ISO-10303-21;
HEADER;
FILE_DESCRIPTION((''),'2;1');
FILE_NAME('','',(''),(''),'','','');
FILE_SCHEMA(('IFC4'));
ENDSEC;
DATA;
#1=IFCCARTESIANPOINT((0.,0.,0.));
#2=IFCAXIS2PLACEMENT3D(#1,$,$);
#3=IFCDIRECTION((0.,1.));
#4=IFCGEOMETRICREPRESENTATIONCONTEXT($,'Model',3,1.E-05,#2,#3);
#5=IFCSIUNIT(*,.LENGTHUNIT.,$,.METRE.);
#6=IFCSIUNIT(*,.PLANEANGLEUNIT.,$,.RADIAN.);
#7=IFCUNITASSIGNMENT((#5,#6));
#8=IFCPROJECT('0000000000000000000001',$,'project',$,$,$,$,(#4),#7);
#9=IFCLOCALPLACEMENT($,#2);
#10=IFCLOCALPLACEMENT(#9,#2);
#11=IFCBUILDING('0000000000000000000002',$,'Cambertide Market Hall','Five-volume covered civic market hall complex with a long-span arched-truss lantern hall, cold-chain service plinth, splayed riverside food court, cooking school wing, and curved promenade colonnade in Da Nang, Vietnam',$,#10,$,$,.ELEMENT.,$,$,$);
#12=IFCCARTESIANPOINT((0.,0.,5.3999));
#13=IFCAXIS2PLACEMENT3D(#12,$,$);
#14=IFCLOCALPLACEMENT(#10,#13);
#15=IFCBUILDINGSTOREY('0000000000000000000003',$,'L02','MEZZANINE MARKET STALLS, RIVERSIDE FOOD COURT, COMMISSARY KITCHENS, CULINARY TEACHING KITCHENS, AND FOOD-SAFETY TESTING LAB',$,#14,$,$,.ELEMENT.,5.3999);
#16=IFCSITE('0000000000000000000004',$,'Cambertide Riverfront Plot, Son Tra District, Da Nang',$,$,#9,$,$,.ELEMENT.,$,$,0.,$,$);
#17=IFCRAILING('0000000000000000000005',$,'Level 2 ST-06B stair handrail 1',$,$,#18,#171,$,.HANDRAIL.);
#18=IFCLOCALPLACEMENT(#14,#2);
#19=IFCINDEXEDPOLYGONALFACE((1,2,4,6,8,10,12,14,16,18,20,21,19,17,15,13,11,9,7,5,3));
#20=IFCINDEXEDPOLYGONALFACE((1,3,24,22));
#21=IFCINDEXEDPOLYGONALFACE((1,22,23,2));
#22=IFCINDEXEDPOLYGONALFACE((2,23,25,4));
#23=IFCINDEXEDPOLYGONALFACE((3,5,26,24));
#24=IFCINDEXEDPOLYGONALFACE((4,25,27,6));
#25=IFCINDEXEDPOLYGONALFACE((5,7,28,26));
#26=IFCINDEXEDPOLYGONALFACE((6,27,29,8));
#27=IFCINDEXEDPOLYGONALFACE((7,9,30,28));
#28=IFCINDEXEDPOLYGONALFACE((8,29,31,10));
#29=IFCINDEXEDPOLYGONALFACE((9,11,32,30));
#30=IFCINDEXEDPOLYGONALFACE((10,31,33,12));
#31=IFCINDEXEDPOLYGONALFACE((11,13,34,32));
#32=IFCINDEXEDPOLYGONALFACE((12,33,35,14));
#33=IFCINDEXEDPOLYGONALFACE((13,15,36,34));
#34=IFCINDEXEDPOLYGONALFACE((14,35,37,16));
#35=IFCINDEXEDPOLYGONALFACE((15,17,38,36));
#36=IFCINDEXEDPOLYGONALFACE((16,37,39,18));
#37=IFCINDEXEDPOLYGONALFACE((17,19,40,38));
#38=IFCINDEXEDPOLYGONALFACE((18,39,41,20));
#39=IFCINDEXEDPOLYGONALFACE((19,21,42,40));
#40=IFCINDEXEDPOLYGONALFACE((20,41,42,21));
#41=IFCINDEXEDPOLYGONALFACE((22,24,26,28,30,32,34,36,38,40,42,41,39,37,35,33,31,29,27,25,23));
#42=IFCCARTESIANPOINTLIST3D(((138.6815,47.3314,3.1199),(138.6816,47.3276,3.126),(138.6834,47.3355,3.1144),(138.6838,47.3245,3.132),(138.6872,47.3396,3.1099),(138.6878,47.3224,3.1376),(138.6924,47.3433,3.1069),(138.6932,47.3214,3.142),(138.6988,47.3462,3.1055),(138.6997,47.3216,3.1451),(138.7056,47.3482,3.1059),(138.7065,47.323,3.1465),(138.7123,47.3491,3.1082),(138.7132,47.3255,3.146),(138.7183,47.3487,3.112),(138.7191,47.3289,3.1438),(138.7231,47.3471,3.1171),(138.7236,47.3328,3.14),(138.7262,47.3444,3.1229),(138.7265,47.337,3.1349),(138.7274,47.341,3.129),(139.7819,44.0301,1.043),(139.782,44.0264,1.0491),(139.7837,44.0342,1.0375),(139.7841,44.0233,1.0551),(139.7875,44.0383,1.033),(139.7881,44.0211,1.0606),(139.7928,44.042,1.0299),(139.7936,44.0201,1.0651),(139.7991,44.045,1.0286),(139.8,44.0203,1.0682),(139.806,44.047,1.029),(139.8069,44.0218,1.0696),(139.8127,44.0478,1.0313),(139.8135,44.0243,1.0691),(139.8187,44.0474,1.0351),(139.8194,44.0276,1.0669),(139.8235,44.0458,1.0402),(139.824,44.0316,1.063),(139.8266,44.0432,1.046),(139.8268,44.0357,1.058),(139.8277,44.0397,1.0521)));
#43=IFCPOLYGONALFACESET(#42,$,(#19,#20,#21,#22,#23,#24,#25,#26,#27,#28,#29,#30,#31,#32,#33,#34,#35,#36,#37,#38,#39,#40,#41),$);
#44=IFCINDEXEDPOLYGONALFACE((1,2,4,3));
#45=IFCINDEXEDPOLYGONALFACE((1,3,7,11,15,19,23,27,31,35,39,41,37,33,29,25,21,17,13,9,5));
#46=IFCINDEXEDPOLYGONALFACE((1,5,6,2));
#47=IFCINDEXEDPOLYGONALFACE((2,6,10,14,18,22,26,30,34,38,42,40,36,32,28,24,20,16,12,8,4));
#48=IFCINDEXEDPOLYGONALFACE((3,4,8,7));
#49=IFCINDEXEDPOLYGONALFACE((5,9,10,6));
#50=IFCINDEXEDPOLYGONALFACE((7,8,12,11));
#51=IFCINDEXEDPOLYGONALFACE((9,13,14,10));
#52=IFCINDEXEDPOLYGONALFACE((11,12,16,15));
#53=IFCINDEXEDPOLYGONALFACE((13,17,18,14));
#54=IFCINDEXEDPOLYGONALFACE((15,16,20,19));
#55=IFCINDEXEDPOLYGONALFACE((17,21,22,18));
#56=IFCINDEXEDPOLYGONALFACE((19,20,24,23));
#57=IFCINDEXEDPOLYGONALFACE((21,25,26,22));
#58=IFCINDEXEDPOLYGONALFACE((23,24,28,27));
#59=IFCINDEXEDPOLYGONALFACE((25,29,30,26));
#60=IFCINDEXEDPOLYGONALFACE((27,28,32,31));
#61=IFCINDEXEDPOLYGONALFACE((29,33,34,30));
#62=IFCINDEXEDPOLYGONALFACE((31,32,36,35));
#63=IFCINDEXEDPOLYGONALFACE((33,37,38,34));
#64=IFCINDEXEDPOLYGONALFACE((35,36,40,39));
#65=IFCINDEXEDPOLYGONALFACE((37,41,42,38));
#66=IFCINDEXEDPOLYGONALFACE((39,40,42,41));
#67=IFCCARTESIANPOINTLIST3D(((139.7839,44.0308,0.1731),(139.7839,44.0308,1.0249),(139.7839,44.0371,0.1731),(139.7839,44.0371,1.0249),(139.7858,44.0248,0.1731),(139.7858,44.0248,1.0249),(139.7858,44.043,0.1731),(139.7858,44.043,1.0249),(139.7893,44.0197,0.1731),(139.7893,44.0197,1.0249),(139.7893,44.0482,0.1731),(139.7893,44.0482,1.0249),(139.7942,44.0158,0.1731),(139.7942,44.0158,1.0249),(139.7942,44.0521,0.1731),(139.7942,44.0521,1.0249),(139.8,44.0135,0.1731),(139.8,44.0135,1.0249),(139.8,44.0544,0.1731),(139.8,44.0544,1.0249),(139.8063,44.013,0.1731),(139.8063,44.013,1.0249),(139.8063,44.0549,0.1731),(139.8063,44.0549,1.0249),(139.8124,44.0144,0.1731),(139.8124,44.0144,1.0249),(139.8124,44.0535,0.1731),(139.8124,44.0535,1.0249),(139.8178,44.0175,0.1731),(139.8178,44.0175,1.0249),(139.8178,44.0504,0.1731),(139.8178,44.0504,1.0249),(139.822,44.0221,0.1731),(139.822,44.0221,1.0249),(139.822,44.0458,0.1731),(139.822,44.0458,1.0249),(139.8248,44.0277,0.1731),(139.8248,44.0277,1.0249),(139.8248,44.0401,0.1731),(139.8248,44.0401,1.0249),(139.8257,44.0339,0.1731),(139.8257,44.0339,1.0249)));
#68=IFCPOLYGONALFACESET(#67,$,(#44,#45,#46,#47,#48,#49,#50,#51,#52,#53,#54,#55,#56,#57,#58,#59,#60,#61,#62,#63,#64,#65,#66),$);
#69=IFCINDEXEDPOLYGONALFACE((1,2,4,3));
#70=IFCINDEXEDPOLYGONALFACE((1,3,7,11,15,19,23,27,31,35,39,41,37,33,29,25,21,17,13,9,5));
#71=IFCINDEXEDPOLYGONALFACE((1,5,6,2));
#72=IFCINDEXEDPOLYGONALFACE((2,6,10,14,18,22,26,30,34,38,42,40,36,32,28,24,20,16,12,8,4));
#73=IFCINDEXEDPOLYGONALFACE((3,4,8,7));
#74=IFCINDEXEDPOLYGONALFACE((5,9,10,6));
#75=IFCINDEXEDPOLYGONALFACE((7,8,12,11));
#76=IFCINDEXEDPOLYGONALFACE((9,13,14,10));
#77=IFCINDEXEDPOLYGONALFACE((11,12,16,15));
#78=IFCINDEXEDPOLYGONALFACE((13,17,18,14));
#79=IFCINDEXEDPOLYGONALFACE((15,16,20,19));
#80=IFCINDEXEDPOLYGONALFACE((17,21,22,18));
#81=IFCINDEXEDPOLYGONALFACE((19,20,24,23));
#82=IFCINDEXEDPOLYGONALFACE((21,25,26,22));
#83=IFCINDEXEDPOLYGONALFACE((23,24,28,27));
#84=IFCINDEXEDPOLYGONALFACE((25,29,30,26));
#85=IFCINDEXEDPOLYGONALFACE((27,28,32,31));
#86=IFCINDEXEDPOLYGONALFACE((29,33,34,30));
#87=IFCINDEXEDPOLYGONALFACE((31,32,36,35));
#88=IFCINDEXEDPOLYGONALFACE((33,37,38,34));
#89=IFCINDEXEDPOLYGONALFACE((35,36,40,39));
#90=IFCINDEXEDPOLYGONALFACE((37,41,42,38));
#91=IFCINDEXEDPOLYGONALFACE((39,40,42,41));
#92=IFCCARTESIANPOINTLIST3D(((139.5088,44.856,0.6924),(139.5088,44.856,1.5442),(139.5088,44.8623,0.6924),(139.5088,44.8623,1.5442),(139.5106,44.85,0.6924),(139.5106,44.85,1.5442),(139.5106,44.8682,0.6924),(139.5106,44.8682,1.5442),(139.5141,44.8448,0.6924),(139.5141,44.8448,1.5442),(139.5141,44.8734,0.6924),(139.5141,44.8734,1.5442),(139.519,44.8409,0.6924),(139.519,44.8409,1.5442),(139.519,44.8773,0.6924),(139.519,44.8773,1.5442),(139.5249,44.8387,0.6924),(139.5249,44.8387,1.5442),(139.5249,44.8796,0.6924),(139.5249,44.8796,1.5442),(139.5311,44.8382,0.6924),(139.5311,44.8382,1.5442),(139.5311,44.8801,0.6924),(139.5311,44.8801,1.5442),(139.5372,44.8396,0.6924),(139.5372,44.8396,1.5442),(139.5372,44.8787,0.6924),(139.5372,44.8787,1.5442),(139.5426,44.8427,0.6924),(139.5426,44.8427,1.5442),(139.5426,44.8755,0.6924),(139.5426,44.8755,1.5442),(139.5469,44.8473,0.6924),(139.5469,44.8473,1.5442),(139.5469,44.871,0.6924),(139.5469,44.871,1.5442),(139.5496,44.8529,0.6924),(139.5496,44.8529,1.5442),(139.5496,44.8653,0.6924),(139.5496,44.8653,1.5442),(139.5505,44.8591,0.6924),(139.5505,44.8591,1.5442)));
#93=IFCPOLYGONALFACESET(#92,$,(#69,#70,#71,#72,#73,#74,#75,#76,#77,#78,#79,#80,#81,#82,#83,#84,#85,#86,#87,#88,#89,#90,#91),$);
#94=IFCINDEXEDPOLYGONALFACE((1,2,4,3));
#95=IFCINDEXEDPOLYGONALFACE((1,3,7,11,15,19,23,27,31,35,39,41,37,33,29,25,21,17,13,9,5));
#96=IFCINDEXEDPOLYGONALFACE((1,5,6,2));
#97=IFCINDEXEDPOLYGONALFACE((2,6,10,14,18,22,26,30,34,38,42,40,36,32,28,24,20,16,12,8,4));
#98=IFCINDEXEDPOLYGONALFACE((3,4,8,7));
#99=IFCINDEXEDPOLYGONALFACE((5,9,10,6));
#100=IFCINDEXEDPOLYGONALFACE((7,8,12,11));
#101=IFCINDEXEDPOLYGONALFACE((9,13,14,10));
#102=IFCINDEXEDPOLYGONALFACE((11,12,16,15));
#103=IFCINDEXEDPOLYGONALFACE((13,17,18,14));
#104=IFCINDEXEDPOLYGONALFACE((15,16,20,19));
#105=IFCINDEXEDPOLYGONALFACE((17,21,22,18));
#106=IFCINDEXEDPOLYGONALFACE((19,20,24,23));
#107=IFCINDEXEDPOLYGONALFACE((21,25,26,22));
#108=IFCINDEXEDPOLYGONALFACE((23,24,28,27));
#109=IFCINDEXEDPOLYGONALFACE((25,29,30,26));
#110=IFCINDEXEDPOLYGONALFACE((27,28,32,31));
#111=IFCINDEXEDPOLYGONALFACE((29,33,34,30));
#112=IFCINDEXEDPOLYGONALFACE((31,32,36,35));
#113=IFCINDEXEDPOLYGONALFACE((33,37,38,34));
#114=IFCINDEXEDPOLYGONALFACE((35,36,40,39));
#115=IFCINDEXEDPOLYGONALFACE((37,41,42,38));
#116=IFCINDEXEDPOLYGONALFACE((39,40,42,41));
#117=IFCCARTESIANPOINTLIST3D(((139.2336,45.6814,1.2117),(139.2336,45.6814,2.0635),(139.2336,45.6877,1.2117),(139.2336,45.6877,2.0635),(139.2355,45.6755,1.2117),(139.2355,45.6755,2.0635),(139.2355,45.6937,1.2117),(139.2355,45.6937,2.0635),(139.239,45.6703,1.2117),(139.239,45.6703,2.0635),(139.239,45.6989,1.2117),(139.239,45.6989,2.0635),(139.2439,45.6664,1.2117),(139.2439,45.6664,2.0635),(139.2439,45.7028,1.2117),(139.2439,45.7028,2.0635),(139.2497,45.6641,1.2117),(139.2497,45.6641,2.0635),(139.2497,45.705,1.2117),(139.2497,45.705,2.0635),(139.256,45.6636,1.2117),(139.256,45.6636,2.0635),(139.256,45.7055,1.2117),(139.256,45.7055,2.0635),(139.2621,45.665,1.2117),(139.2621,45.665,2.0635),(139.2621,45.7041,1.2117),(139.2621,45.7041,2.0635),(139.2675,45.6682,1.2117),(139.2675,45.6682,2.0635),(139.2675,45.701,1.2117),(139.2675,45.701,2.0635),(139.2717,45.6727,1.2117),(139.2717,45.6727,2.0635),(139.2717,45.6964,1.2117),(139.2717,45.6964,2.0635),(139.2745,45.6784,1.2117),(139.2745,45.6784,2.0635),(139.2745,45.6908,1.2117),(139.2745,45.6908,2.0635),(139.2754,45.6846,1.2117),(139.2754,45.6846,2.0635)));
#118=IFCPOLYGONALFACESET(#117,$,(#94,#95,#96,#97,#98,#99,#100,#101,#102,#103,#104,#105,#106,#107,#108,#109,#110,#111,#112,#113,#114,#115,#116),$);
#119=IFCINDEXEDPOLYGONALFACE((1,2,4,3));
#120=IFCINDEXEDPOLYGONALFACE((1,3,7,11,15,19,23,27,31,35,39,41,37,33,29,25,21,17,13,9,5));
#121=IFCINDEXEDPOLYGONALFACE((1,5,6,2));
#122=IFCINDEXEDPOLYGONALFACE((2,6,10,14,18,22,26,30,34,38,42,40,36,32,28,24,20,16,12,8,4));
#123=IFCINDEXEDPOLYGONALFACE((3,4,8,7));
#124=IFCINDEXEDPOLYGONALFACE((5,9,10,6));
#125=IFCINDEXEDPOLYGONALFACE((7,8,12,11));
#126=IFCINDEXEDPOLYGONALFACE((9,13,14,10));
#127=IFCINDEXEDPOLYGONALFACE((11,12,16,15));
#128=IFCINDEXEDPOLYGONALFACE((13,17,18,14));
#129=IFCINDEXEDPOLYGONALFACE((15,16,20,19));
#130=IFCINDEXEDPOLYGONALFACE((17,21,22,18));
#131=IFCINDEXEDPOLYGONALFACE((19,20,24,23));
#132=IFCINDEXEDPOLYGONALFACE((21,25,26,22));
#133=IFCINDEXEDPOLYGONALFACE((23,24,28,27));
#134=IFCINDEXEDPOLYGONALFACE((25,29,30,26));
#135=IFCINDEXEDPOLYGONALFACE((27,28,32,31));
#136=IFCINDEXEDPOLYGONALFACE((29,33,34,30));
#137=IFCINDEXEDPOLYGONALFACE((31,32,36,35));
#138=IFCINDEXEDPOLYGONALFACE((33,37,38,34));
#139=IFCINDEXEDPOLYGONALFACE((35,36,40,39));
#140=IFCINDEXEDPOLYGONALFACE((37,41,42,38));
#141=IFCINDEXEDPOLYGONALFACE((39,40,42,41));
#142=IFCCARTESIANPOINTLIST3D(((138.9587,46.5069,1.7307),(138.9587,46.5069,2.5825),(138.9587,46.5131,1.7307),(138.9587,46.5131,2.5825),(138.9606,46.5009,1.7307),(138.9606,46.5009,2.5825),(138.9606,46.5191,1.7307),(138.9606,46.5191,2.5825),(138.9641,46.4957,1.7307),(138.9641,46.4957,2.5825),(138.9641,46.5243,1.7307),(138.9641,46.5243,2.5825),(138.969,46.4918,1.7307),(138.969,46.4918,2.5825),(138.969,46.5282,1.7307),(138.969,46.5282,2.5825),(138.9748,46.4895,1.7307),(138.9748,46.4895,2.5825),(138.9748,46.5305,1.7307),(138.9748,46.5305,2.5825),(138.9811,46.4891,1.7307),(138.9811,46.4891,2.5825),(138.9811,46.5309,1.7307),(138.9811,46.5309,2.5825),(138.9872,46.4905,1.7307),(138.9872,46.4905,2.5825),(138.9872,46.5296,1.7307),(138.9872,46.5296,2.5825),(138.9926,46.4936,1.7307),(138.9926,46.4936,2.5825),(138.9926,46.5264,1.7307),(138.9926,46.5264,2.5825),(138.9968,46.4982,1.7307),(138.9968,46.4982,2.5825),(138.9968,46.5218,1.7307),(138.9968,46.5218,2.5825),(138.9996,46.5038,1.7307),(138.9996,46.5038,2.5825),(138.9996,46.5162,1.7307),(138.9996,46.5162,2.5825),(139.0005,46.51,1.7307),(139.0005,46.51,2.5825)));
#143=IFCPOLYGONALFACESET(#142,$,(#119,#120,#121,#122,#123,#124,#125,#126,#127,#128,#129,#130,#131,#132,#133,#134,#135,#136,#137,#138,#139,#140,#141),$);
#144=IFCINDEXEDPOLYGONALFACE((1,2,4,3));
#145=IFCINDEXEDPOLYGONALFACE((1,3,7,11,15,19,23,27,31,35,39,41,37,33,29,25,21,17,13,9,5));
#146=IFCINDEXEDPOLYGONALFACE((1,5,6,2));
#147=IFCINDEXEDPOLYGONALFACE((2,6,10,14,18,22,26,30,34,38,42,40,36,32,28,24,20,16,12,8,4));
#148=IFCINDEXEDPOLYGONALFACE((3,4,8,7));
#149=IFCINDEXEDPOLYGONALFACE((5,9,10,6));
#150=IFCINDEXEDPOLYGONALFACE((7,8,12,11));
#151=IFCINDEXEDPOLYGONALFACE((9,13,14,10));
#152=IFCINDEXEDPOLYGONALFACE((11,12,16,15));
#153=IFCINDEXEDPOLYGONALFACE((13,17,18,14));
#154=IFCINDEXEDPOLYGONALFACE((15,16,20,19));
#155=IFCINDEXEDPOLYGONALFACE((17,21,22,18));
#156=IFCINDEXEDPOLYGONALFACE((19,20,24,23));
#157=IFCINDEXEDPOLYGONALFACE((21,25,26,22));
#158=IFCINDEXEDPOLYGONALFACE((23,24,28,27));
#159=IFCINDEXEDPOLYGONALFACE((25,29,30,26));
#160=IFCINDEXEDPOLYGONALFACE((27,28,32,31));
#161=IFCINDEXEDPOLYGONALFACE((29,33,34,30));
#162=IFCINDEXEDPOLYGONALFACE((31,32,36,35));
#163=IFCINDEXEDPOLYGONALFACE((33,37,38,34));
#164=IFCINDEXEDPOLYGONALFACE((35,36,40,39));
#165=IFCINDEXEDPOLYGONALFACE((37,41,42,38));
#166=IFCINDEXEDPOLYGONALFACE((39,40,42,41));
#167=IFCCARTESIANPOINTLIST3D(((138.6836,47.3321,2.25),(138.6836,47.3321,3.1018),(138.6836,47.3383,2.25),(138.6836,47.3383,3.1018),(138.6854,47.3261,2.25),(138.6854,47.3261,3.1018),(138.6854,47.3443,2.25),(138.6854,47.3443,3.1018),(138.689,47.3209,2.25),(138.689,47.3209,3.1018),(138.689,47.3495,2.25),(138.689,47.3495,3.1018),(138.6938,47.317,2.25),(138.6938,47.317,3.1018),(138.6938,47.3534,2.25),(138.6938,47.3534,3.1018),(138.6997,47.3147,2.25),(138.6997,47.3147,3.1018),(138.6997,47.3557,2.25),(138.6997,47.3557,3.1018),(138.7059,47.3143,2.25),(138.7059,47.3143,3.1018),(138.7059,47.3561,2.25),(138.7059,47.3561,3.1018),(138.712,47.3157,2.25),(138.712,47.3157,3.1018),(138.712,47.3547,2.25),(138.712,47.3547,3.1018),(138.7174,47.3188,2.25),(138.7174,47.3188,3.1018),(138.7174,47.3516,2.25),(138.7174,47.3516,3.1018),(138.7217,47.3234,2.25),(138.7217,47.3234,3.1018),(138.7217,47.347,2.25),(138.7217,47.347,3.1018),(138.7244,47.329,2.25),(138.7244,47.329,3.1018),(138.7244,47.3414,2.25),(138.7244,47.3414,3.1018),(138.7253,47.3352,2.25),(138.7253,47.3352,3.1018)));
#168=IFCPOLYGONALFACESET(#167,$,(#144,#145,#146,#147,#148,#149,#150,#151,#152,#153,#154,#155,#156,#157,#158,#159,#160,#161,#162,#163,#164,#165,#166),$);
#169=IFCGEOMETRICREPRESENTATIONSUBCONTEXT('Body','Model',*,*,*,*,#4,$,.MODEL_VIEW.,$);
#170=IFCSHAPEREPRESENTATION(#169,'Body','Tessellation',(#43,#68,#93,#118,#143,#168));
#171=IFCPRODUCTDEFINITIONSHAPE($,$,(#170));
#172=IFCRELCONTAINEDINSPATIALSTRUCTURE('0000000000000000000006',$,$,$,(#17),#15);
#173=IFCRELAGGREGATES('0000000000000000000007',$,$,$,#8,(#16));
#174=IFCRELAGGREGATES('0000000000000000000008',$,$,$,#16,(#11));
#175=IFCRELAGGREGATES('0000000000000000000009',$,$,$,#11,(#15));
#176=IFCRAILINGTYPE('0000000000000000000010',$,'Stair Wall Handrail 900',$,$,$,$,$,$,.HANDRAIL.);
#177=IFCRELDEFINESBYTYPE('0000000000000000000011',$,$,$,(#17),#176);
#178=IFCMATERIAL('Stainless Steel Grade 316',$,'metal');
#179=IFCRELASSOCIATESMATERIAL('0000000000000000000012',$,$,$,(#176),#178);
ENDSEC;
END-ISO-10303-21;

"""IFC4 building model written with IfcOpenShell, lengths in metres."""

from ifc_helpers import new_model, si_unit, direction, frame, origin, origin_2d, place, context, subcontext, project, spatial, circle, extrude, material, type_object, element, save


model = new_model("IFC4")

# Units and contexts
model_context = context("Model", 3, precision=1e-05, world=origin(), true_north=direction((0.0, 1.0)))
body_context = subcontext(model_context, "Body", "Model", "MODEL_VIEW")
ifc_project = project(units=[si_unit("LENGTHUNIT", "METRE"), si_unit("PLANEANGLEUNIT", "RADIAN")], contexts=[model_context])

# Site, building, storey
site_placement = place(None, origin())
site = spatial("IfcSite", under=ifc_project, at=site_placement, Name="Cambertide Riverfront Plot, Son Tra District, Da Nang", CompositionType="ELEMENT", RefElevation=0.0)
building_placement = place(site_placement, origin())
building = spatial("IfcBuilding", under=site, at=building_placement, Name="Cambertide Market Hall", Description="Five-volume covered civic market hall complex with a long-span arched-truss lantern hall, cold-chain service plinth, splayed riverside food court, cooking school wing, and curved promenade colonnade in Da Nang, Vietnam", CompositionType="ELEMENT")
storey_placement = place(building_placement, frame((0.0, 0.0, 5.3999)))
storey = spatial("IfcBuildingStorey", under=building, at=storey_placement, Name="L02", Description="MEZZANINE MARKET STALLS, RIVERSIDE FOOD COURT, COMMISSARY KITCHENS, CULINARY TEACHING KITCHENS, AND FOOD-SAFETY TESTING LAB", CompositionType="ELEMENT", Elevation=5.3999)

# Railing
ifc_material_1 = material(Name="Stainless Steel Grade 316", Category="metal")
railing_type_1 = type_object("IfcRailingType", Name="Stair Wall Handrail 900", PredefinedType="HANDRAIL", material=ifc_material_1)
railing_1_placement = place(storey_placement, frame((139.8047, 44.0339, 0.1731)))
element("IfcRailing", 1, at=railing_1_placement, inside=storey, type_object=railing_type_1, Name="Level 2 ST-06B stair handrail 1", PredefinedType="HANDRAIL", context=body_context, shape_type="SweptSolid", body=[
    extrude(circle(Radius=0.0239, at=origin_2d()), frame((0.0, 0.0, 0.876), z_axis=(-0.271522, 0.814628, 0.512501), x_axis=(-0.94869, -0.316207, 0.0)), (0.0, 0.0, 1.0), 4.0525),
    extrude(circle(Radius=0.021, at=origin_2d()), origin(), (0.0, 0.0, 1.0), 0.8518),
    extrude(circle(Radius=0.021, at=origin_2d()), frame((-0.2751, 0.8252, 0.5193)), (0.0, 0.0, 1.0), 0.8518),
    extrude(circle(Radius=0.021, at=origin_2d()), frame((-0.5503, 1.6506, 1.0386)), (0.0, 0.0, 1.0), 0.8518),
    extrude(circle(Radius=0.021, at=origin_2d()), frame((-0.8252, 2.4761, 1.5576)), (0.0, 0.0, 1.0), 0.8518),
    extrude(circle(Radius=0.021, at=origin_2d()), frame((-1.1003, 3.3013, 2.0769)), (0.0, 0.0, 1.0), 0.8518),
])

save(model, "model.ifc")
